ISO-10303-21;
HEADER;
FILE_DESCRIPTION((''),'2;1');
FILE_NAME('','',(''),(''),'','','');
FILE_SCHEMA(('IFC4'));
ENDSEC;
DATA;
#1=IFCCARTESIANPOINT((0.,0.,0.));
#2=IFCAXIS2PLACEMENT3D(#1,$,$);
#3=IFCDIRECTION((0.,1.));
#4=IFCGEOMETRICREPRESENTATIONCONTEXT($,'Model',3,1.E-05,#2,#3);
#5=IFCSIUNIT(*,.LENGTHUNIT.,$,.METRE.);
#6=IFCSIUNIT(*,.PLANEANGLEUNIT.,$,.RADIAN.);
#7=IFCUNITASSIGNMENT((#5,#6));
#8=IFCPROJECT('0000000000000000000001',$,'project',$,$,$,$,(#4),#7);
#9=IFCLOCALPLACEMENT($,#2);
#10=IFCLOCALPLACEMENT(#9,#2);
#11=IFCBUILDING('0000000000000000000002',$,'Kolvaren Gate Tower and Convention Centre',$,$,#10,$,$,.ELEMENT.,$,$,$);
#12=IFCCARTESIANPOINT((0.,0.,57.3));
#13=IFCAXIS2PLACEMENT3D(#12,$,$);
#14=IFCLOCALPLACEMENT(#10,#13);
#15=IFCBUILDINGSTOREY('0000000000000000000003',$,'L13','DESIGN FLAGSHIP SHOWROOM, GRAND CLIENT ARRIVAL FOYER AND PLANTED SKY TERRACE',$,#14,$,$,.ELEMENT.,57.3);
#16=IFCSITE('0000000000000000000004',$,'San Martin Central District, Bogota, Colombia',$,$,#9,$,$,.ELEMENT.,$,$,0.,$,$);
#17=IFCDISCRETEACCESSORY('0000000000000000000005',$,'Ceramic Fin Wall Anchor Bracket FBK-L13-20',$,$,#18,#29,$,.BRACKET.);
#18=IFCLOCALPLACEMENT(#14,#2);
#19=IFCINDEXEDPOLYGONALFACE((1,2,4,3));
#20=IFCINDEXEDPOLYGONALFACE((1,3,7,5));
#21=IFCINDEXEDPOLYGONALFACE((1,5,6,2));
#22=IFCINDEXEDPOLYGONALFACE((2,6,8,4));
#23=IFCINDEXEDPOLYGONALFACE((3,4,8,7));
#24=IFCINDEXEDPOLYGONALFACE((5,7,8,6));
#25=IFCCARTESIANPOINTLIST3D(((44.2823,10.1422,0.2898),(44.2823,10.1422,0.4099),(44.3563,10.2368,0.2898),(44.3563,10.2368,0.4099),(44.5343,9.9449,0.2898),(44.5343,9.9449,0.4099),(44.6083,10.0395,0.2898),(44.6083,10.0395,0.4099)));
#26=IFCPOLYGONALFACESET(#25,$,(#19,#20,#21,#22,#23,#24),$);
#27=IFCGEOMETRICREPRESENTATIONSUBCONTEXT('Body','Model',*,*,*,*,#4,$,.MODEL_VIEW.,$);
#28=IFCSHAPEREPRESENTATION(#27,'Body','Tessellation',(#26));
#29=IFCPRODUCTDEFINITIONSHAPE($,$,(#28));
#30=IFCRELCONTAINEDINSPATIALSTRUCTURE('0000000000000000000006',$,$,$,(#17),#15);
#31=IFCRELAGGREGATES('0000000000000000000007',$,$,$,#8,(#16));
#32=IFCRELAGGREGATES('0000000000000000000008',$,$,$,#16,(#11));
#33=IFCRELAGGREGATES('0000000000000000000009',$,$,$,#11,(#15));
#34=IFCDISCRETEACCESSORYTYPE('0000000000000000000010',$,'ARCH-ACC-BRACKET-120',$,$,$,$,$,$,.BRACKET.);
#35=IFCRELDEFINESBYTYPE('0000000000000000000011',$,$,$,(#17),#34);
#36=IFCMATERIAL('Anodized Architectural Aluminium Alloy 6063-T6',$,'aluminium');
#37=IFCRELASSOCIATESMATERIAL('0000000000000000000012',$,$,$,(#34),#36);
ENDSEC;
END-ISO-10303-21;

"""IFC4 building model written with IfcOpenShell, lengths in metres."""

from ifc_helpers import new_model, si_unit, direction, frame, origin, origin_2d, place, context, subcontext, project, spatial, rectangle, extrude, material, type_object, element, save


model = new_model("IFC4")

# Units and contexts
model_context = context("Model", 3, precision=1e-05, world=origin(), true_north=direction((0.0, 1.0)))
body_context = subcontext(model_context, "Body", "Model", "MODEL_VIEW")
ifc_project = project(units=[si_unit("LENGTHUNIT", "METRE"), si_unit("PLANEANGLEUNIT", "RADIAN")], contexts=[model_context])

# Site, building, storey
site_placement = place(None, origin())
site = spatial("IfcSite", under=ifc_project, at=site_placement, Name="San Martin Central District, Bogota, Colombia", CompositionType="ELEMENT", RefElevation=0.0)
building_placement = place(site_placement, origin())
building = spatial("IfcBuilding", under=site, at=building_placement, Name="Kolvaren Gate Tower and Convention Centre", CompositionType="ELEMENT")
storey_placement = place(building_placement, frame((0.0, 0.0, 57.3)))
storey = spatial("IfcBuildingStorey", under=building, at=storey_placement, Name="L13", Description="DESIGN FLAGSHIP SHOWROOM, GRAND CLIENT ARRIVAL FOYER AND PLANTED SKY TERRACE", CompositionType="ELEMENT", Elevation=57.3)

# Shared definitions
ifc_material_1 = material(Name="Anodized Architectural Aluminium Alloy 6063-T6", Category="aluminium")

# Discrete accessory
discrete_accessory_type = type_object("IfcDiscreteAccessoryType", Name="ARCH-ACC-BRACKET-120", PredefinedType="BRACKET", material=ifc_material_1)
discrete_accessory_placement = place(storey_placement, frame((44.4453, 10.0908, 0.2898), z_axis=(0.0, 0.0, 1.0), x_axis=(0.616431, 0.787409, 0.0)))
element("IfcDiscreteAccessory", 1, at=discrete_accessory_placement, inside=storey, type_object=discrete_accessory_type, Name="Ceramic Fin Wall Anchor Bracket FBK-L13-20", PredefinedType="BRACKET", context=body_context, shape_type="SweptSolid", body=[
    extrude(rectangle(XDim=0.1201, YDim=0.3201, at=origin_2d()), origin(), (0.0, 0.0, 1.0), 0.1201),
])

save(model, "model.ifc")
